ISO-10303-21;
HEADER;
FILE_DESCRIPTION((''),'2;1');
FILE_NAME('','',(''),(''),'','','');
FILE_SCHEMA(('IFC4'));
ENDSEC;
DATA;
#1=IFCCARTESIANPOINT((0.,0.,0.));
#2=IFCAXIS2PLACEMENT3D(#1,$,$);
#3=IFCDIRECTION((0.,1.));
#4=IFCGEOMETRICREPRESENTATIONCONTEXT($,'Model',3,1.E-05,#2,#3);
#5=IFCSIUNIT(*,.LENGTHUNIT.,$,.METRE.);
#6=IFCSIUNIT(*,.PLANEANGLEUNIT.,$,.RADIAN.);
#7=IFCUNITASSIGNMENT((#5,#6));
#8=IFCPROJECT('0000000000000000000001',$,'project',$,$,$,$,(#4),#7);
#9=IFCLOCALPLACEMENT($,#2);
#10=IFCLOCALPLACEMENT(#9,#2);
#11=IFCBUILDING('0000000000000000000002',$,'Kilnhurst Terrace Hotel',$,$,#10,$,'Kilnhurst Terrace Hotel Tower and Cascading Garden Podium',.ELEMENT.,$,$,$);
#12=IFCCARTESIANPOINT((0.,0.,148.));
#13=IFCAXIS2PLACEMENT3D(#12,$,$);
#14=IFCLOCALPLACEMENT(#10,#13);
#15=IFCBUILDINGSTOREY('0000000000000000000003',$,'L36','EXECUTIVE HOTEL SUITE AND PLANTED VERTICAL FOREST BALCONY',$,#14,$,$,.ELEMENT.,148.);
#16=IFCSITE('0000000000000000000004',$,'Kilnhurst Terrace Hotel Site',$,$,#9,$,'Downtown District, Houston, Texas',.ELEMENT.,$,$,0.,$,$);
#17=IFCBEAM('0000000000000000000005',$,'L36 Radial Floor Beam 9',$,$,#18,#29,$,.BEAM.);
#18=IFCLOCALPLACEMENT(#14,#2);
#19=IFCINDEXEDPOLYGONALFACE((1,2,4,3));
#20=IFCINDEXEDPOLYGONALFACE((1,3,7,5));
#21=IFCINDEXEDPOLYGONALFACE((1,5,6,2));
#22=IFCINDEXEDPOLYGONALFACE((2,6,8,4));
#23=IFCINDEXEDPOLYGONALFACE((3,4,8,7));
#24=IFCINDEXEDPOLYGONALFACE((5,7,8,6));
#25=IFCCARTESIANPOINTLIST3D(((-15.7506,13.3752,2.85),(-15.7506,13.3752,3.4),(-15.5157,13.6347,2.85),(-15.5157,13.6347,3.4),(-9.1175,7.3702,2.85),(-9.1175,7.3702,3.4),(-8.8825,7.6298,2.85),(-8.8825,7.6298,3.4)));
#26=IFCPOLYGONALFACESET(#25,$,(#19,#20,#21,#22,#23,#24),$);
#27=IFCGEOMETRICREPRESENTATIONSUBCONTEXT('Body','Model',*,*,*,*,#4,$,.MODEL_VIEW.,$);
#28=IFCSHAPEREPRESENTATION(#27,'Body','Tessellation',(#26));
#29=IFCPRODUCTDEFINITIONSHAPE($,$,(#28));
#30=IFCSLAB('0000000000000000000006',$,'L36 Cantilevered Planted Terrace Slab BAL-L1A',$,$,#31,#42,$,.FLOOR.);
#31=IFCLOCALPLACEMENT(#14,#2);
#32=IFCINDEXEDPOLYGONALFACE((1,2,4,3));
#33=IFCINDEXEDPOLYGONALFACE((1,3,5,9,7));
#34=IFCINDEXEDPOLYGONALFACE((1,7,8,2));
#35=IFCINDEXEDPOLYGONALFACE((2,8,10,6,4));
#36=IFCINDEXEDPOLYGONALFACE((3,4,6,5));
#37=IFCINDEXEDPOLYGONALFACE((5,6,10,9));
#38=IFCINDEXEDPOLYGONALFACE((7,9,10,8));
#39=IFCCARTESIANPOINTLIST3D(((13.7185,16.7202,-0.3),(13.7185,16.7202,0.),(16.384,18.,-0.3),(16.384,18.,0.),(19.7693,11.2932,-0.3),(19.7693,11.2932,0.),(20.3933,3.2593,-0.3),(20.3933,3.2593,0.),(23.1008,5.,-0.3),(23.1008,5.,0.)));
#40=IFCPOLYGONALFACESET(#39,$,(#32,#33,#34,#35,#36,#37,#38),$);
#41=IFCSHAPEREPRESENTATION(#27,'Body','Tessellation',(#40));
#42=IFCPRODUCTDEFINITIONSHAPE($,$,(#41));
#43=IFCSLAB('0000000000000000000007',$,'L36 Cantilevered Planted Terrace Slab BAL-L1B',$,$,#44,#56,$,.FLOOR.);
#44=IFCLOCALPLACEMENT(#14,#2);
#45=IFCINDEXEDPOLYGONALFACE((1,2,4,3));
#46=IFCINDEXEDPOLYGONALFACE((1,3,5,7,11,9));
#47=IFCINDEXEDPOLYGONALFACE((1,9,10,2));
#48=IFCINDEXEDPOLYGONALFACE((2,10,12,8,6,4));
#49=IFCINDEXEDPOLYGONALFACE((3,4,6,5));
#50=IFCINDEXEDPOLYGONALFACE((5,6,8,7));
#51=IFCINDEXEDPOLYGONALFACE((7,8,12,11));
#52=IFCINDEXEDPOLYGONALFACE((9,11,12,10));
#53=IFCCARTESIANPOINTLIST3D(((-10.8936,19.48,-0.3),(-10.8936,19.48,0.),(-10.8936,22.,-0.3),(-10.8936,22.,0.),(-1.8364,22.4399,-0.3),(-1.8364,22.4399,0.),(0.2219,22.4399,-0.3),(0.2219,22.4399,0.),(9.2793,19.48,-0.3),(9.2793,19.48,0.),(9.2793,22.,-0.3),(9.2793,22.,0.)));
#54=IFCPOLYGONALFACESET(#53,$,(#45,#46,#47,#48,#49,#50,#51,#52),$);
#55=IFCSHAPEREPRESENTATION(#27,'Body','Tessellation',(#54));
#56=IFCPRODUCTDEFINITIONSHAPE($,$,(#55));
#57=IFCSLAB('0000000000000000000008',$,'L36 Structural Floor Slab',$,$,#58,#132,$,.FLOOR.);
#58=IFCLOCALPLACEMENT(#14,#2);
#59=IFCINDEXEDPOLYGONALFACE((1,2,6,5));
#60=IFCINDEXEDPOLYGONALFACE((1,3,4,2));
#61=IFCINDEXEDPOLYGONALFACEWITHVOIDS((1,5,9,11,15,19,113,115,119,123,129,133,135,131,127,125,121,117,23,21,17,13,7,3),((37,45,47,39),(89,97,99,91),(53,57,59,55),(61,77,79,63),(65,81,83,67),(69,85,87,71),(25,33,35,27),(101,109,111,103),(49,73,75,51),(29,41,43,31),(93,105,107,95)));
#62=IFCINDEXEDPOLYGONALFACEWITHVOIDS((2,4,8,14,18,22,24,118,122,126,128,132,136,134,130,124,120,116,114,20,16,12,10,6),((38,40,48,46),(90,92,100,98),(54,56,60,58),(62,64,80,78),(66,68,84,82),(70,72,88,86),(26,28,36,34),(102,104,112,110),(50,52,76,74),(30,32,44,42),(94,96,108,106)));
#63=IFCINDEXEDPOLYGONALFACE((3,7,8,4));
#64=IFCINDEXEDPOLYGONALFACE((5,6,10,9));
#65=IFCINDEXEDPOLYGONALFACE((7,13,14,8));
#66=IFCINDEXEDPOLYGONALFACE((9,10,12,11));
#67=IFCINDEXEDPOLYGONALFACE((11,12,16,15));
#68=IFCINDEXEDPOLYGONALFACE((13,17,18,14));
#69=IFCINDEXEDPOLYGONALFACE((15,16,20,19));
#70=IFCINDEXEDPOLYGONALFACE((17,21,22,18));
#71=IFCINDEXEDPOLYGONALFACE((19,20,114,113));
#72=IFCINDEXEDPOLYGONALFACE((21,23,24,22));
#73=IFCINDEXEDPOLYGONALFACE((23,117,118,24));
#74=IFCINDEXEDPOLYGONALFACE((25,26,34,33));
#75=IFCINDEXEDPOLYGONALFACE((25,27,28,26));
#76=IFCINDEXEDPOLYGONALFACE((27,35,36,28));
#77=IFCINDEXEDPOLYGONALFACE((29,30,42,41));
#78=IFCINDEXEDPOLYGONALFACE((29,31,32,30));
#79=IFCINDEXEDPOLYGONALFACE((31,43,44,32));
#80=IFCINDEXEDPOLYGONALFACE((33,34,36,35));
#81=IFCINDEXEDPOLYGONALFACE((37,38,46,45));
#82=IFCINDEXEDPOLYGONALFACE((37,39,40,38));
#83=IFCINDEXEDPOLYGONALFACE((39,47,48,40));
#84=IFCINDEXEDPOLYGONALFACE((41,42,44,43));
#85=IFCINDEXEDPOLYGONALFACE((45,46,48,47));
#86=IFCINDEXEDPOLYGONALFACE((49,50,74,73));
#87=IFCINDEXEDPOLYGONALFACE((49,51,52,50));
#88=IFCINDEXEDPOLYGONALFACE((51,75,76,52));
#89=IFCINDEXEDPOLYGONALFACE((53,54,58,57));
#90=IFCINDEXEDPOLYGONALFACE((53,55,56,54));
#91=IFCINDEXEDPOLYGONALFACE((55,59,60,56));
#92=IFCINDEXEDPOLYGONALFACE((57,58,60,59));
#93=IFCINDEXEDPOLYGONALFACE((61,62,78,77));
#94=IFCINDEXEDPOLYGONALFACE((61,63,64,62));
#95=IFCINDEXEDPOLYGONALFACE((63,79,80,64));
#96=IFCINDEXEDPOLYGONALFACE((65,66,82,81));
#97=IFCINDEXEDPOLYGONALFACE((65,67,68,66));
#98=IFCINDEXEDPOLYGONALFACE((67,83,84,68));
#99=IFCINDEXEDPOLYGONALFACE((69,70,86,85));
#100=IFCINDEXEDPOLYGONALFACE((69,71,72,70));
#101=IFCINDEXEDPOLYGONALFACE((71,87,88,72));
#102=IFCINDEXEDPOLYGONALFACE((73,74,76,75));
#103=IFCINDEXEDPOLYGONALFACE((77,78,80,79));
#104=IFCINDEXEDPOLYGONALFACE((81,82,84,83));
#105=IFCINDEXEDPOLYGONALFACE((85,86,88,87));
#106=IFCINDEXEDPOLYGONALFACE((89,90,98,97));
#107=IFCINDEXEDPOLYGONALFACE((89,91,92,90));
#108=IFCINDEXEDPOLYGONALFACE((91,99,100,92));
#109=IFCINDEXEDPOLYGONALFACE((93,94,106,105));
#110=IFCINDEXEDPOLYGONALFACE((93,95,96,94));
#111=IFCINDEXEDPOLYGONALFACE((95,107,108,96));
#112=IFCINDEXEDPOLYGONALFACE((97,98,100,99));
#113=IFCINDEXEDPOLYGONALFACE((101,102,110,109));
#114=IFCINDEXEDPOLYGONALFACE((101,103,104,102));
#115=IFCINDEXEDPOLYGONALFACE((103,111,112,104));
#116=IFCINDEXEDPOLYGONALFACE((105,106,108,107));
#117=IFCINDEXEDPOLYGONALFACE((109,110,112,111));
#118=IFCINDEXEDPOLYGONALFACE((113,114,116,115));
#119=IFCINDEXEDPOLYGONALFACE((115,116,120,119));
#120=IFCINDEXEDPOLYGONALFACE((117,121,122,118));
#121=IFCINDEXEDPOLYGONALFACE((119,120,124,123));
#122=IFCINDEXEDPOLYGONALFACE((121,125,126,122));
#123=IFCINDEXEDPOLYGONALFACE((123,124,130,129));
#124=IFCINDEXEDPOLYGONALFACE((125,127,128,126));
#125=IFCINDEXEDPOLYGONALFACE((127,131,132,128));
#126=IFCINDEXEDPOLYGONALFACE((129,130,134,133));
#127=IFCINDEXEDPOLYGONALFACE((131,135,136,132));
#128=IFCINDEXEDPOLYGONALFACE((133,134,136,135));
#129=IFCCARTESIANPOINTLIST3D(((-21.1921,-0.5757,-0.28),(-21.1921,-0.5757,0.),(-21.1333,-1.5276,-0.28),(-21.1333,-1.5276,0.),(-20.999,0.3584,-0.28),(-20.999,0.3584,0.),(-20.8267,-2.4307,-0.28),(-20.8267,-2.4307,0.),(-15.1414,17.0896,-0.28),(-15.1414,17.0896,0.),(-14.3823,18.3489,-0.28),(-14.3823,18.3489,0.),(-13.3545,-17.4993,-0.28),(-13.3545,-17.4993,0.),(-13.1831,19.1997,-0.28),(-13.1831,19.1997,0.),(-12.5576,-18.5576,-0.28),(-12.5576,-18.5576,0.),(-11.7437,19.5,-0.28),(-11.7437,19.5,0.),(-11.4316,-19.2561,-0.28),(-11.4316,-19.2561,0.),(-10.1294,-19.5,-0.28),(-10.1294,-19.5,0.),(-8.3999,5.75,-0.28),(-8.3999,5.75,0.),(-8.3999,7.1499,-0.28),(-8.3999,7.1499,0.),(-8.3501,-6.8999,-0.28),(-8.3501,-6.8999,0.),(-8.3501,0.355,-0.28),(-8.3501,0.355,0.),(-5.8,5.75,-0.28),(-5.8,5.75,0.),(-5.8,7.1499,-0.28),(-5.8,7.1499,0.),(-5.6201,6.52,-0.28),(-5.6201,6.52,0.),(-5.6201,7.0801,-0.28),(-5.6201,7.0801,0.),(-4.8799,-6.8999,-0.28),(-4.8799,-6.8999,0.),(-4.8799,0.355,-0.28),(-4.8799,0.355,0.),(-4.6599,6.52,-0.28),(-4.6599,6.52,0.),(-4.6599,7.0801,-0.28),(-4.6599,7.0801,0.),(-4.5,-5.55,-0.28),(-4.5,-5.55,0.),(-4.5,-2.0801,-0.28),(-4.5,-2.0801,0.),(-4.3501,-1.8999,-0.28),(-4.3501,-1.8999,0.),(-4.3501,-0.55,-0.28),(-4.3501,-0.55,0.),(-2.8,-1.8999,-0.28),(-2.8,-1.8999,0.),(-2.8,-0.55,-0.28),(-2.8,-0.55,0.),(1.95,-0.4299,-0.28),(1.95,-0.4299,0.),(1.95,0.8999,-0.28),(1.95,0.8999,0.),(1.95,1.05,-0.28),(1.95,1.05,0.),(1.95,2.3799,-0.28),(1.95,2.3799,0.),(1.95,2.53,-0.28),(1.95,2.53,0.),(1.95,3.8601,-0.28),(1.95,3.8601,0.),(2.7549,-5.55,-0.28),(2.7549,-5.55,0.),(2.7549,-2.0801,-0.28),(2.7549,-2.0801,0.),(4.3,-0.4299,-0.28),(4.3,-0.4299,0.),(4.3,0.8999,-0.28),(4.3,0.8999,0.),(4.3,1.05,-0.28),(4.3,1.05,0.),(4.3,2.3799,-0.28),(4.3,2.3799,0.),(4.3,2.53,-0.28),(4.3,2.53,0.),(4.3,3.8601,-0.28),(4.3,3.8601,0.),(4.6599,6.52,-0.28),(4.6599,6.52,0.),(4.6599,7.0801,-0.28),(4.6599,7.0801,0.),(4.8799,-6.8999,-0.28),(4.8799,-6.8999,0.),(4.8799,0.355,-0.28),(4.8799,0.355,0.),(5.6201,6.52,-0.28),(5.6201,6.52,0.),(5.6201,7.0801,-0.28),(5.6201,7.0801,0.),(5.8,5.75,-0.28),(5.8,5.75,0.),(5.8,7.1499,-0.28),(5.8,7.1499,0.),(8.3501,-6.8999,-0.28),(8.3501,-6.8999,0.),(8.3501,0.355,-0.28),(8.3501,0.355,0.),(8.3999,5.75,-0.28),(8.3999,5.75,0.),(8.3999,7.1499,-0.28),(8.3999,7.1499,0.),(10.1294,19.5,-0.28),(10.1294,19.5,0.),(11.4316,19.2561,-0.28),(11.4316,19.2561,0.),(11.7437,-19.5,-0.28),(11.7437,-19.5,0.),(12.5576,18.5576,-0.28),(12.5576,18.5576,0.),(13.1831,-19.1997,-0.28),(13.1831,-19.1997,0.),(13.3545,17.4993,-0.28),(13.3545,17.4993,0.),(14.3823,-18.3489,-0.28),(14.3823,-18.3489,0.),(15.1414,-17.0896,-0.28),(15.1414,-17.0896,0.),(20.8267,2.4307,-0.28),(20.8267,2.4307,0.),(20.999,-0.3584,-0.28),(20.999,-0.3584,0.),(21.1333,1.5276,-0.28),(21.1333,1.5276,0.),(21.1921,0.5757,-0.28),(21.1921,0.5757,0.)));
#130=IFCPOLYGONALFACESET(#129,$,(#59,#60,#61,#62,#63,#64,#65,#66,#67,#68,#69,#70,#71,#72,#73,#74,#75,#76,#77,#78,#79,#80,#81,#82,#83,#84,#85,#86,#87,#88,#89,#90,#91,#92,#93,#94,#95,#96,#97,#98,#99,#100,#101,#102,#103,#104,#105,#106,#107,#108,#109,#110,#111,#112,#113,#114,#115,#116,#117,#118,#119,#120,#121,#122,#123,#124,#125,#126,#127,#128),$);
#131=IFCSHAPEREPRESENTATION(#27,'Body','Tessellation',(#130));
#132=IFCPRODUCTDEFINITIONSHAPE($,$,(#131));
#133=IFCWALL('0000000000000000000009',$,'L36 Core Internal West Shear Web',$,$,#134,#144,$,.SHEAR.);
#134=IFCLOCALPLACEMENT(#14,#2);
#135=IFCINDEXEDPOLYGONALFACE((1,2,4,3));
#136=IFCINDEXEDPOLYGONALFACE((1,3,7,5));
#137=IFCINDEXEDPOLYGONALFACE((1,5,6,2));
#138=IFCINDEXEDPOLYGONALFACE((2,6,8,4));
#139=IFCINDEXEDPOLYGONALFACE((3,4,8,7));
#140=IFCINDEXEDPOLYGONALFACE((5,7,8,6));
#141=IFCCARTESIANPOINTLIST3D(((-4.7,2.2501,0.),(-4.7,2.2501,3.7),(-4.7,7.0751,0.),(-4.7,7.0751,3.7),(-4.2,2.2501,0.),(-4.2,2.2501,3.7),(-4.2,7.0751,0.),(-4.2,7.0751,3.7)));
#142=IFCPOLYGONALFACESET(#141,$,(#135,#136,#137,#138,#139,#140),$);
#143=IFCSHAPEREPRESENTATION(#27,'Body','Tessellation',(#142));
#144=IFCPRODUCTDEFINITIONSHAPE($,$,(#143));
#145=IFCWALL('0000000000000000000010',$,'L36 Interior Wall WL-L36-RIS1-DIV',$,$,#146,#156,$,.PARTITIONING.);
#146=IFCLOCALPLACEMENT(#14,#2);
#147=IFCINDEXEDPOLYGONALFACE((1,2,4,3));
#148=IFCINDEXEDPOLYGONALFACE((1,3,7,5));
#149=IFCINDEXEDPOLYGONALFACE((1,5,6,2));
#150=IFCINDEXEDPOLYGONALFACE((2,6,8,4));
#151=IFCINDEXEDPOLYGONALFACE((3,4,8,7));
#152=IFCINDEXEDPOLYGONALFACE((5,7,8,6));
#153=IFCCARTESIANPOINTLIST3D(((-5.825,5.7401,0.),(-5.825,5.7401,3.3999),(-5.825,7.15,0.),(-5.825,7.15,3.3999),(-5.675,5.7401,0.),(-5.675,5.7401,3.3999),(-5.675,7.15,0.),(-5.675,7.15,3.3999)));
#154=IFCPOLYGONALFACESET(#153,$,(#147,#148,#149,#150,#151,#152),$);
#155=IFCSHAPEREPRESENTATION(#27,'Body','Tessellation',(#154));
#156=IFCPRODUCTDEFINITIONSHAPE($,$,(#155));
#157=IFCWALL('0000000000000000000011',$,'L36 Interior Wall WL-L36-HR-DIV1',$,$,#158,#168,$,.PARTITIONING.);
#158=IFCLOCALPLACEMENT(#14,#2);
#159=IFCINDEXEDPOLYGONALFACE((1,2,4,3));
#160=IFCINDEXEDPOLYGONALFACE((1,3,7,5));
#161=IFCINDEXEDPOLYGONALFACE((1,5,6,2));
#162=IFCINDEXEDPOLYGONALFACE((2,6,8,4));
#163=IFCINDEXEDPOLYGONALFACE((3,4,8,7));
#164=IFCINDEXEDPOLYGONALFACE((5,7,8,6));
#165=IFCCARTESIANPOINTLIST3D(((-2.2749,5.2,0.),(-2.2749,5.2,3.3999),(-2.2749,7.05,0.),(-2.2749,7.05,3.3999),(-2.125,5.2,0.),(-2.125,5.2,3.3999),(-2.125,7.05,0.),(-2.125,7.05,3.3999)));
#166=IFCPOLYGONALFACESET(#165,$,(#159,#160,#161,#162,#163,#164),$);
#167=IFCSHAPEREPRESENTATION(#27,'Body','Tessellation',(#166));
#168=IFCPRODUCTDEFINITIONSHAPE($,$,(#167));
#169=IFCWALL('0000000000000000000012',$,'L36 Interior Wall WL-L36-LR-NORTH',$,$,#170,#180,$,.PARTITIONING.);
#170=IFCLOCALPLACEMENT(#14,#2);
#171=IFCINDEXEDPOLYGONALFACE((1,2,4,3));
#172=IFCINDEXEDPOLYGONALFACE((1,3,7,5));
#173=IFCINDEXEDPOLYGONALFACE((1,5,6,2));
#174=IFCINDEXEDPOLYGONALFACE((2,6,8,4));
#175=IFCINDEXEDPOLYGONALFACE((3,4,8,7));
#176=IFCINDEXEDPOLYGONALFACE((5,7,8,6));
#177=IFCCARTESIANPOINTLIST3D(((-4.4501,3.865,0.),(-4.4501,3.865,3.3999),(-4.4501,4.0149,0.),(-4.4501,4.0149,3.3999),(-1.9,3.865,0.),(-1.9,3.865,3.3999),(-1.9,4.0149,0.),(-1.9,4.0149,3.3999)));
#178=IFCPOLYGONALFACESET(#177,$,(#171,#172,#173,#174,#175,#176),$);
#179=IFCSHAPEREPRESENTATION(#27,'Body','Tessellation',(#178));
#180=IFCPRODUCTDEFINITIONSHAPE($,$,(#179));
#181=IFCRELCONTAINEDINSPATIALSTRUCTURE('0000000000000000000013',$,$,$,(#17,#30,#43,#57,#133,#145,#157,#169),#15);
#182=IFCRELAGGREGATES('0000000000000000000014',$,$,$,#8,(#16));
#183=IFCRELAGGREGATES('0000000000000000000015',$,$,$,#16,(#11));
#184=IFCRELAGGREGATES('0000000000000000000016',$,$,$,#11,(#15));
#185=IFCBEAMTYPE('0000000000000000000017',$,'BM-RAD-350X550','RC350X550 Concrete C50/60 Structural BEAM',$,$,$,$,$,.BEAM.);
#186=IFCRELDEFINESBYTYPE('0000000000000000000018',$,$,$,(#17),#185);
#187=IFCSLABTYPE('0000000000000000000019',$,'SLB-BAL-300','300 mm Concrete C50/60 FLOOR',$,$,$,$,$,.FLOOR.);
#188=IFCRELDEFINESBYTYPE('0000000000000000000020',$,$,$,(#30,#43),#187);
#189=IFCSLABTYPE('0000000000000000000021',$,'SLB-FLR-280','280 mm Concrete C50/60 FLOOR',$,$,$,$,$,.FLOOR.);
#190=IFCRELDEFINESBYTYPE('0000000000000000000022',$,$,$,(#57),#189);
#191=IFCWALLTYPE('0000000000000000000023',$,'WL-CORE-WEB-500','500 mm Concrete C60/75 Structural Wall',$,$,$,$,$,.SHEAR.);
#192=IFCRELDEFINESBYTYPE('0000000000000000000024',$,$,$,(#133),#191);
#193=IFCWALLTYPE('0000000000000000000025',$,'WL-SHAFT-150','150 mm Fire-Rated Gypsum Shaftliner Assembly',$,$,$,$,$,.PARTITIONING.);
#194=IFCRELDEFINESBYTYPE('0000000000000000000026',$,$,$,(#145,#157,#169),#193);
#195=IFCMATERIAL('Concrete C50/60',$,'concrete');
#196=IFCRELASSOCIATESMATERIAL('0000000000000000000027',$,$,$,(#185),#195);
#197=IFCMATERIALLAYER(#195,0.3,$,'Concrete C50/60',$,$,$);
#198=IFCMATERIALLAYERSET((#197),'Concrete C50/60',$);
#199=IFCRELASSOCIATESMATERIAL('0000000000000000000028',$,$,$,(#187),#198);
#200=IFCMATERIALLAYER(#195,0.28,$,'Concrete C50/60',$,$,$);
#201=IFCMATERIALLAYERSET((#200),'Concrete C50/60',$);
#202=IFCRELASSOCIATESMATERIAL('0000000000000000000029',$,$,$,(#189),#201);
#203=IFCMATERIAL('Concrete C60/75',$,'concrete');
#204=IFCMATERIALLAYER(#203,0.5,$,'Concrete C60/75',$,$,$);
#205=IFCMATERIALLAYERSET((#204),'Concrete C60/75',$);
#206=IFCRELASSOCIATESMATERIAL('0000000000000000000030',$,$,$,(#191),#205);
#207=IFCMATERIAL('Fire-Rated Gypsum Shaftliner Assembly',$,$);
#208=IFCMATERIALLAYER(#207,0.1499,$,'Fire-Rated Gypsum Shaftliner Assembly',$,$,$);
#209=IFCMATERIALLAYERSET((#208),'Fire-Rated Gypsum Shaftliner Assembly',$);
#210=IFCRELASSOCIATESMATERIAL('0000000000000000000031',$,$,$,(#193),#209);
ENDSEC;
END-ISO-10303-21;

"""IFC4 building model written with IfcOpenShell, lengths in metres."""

from ifc_helpers import new_model, si_unit, direction, frame, frame_2d, origin, origin_2d, place, context, subcontext, project, spatial, polyline, rectangle, outline, extrude, material, layer, layer_set, material_profile, profile_set, type_object, element, save


model = new_model("IFC4")

# Units and contexts
model_context = context("Model", 3, precision=1e-05, world=origin(), true_north=direction((0.0, 1.0)))
body_context = subcontext(model_context, "Body", "Model", "MODEL_VIEW")
ifc_project = project(units=[si_unit("LENGTHUNIT", "METRE"), si_unit("PLANEANGLEUNIT", "RADIAN")], contexts=[model_context])

# Site, building, storey
site_placement = place(None, origin())
site = spatial("IfcSite", under=ifc_project, at=site_placement, Name="Kilnhurst Terrace Hotel Site", LongName="Downtown District, Houston, Texas", CompositionType="ELEMENT", RefElevation=0.0)
building_placement = place(site_placement, origin())
building = spatial("IfcBuilding", under=site, at=building_placement, Name="Kilnhurst Terrace Hotel", LongName="Kilnhurst Terrace Hotel Tower and Cascading Garden Podium", CompositionType="ELEMENT")
storey_placement = place(building_placement, frame((0.0, 0.0, 148.0)))
storey = spatial("IfcBuildingStorey", under=building, at=storey_placement, Name="L36", Description="EXECUTIVE HOTEL SUITE AND PLANTED VERTICAL FOREST BALCONY", CompositionType="ELEMENT", Elevation=148.0)

# Beam
ifc_material_1 = material(Name="Concrete C50/60", Category="concrete")
ifc_material_profile = material_profile(ifc_material_1, rectangle(XDim=0.3501, YDim=0.55, at=origin_2d()), Name="RC350X550")
ifc_profile_set = profile_set([ifc_material_profile], Name="Concrete C50/60")
beam_type = type_object("IfcBeamType", Name="BM-RAD-350X550", Description="RC350X550 Concrete C50/60 Structural BEAM", PredefinedType="BEAM", material=ifc_profile_set)
beam_placement = place(storey_placement, frame((-9.0, 7.5, 3.125), z_axis=(-0.741339, 0.671131, 0.0), x_axis=(-0.671131, -0.741339, 0.0)))
element("IfcBeam", 1, at=beam_placement, inside=storey, type_object=beam_type, Name="L36 Radial Floor Beam 9", PredefinedType="BEAM", context=body_context, shape_type="SweptSolid", body=[
    extrude(rectangle(XDim=0.3501, YDim=0.55, at=origin_2d()), origin(), (0.0, 0.0, 1.0), 8.9475),
])

# Slabs
ifc_layer_1 = layer(ifc_material_1, 0.3, Name="Concrete C50/60")
ifc_layer_set_1 = layer_set([ifc_layer_1], Name="Concrete C50/60")
slab_type_1 = type_object("IfcSlabType", Name="SLB-BAL-300", Description="300 mm Concrete C50/60 FLOOR", PredefinedType="FLOOR", material=ifc_layer_set_1)
slab_1_placement = place(storey_placement, frame((0.0, 0.0, -0.3)))
element("IfcSlab", 2, at=slab_1_placement, inside=storey, type_object=slab_type_1, Name="L36 Cantilevered Planted Terrace Slab BAL-L1A", PredefinedType="FLOOR", context=body_context, shape_type="SweptSolid", body=[
    extrude(outline(polyline([(19.7693, 11.2932), (23.1008, 5.0), (20.3933, 3.2593), (13.7185, 16.7202), (16.384, 18.0), (19.7693, 11.2932)])), origin(), (0.0, 0.0, 1.0), 0.3),
])
slab_2_placement = place(storey_placement, frame((0.0, 0.0, -0.3)))
element("IfcSlab", 3, at=slab_2_placement, inside=storey, type_object=slab_type_1, Name="L36 Cantilevered Planted Terrace Slab BAL-L1B", PredefinedType="FLOOR", context=body_context, shape_type="SweptSolid", body=[
    extrude(outline(polyline([(0.2219, 22.4399), (9.2793, 22.0), (9.2793, 19.48), (-10.8936, 19.48), (-10.8936, 22.0), (-1.8364, 22.4399), (0.2219, 22.4399)])), origin(), (0.0, 0.0, 1.0), 0.3),
])
ifc_layer_2 = layer(ifc_material_1, 0.28, Name="Concrete C50/60")
ifc_layer_set_2 = layer_set([ifc_layer_2], Name="Concrete C50/60")
slab_type_2 = type_object("IfcSlabType", Name="SLB-FLR-280", Description="280 mm Concrete C50/60 FLOOR", PredefinedType="FLOOR", material=ifc_layer_set_2)
slab_3_placement = place(storey_placement, frame((0.0, 0.0, -0.28)))
element("IfcSlab", 4, at=slab_3_placement, inside=storey, type_object=slab_type_2, Name="L36 Structural Floor Slab", PredefinedType="FLOOR", context=body_context, shape_type="SweptSolid", body=[
    extrude(outline(polyline([(-13.3545, -17.4993), (-12.5576, -18.5576), (-11.4316, -19.2561), (-10.1294, -19.5), (11.7437, -19.5), (13.1831, -19.1997), (14.3823, -18.3489), (15.1414, -17.0896), (20.999, -0.3584), (21.1921, 0.5757), (21.1333, 1.5276), (20.8267, 2.4307), (13.3545, 17.4993), (12.5576, 18.5576), (11.4316, 19.2561), (10.1294, 19.5), (-11.7437, 19.5), (-13.1831, 19.1997), (-14.3823, 18.3489), (-15.1414, 17.0896), (-20.999, 0.3584), (-21.1921, -0.5757), (-21.1333, -1.5276), (-20.8267, -2.4307), (-13.3545, -17.4993)]), holes=[polyline([(2.7549, -2.0801), (2.7549, -5.55), (-4.5, -5.55), (-4.5, -2.0801), (2.7549, -2.0801)]), polyline([(-8.3501, 0.355), (-4.8799, 0.355), (-4.8799, -6.8999), (-8.3501, -6.8999), (-8.3501, 0.355)]), polyline([(-2.8, -1.8999), (-4.3501, -1.8999), (-4.3501, -0.55), (-2.8, -0.55), (-2.8, -1.8999)]), polyline([(1.95, -0.4299), (1.95, 0.8999), (4.3, 0.8999), (4.3, -0.4299), (1.95, -0.4299)]), polyline([(-8.3999, 5.75), (-8.3999, 7.1499), (-5.8, 7.1499), (-5.8, 5.75), (-8.3999, 5.75)]), polyline([(-4.6599, 6.52), (-5.6201, 6.52), (-5.6201, 7.0801), (-4.6599, 7.0801), (-4.6599, 6.52)]), polyline([(8.3501, 0.355), (8.3501, -6.8999), (4.8799, -6.8999), (4.8799, 0.355), (8.3501, 0.355)]), polyline([(1.95, 1.05), (1.95, 2.3799), (4.3, 2.3799), (4.3, 1.05), (1.95, 1.05)]), polyline([(4.3, 2.53), (1.95, 2.53), (1.95, 3.8601), (4.3, 3.8601), (4.3, 2.53)]), polyline([(5.8, 5.75), (5.8, 7.1499), (8.3999, 7.1499), (8.3999, 5.75), (5.8, 5.75)]), polyline([(4.6599, 6.52), (4.6599, 7.0801), (5.6201, 7.0801), (5.6201, 6.52), (4.6599, 6.52)])]), origin(), (0.0, 0.0, 1.0), 0.28),
])

# Walls
ifc_material_2 = material(Name="Concrete C60/75", Category="concrete")
ifc_layer_3 = layer(ifc_material_2, 0.5, Name="Concrete C60/75")
ifc_layer_set_3 = layer_set([ifc_layer_3], Name="Concrete C60/75")
wall_type_1 = type_object("IfcWallType", Name="WL-CORE-WEB-500", Description="500 mm Concrete C60/75 Structural Wall", PredefinedType="SHEAR", material=ifc_layer_set_3)
wall_1_placement = place(storey_placement, frame((-4.45, 2.25, 0.0), z_axis=(0.0, 0.0, 1.0), x_axis=(0.0, 1.0, 0.0)))
element("IfcWall", 5, at=wall_1_placement, inside=storey, type_object=wall_type_1, Name="L36 Core Internal West Shear Web", PredefinedType="SHEAR", context=body_context, shape_type="SweptSolid", body=[
    extrude(rectangle(XDim=4.825, YDim=0.5, at=frame_2d((2.4126, 0.0))), origin(), (0.0, 0.0, 1.0), 3.7),
])
ifc_material_3 = material(Name="Fire-Rated Gypsum Shaftliner Assembly")
ifc_layer_4 = layer(ifc_material_3, 0.1499, Name="Fire-Rated Gypsum Shaftliner Assembly")
ifc_layer_set_4 = layer_set([ifc_layer_4], Name="Fire-Rated Gypsum Shaftliner Assembly")
wall_type_2 = type_object("IfcWallType", Name="WL-SHAFT-150", Description="150 mm Fire-Rated Gypsum Shaftliner Assembly", PredefinedType="PARTITIONING", material=ifc_layer_set_4)
wall_2_placement = place(storey_placement, frame((-5.75, 5.74, 0.0), z_axis=(0.0, 0.0, 1.0), x_axis=(0.0, 1.0, 0.0)))
element("IfcWall", 6, at=wall_2_placement, inside=storey, type_object=wall_type_2, Name="L36 Interior Wall WL-L36-RIS1-DIV", PredefinedType="PARTITIONING", context=body_context, shape_type="SweptSolid", body=[
    extrude(rectangle(XDim=1.4099, YDim=0.1499, at=frame_2d((0.7051, 0.0))), origin(), (0.0, 0.0, 1.0), 3.3999),
])
wall_3_placement = place(storey_placement, frame((-2.2, 5.2, 0.0), z_axis=(0.0, 0.0, 1.0), x_axis=(0.0, 1.0, 0.0)))
element("IfcWall", 7, at=wall_3_placement, inside=storey, type_object=wall_type_2, Name="L36 Interior Wall WL-L36-HR-DIV1", PredefinedType="PARTITIONING", context=body_context, shape_type="SweptSolid", body=[
    extrude(rectangle(XDim=1.8501, YDim=0.1499, at=frame_2d((0.925, 0.0))), origin(), (0.0, 0.0, 1.0), 3.3999),
])
wall_4_placement = place(storey_placement, frame((-4.45, 3.9399, 0.0), z_axis=(0.0, 0.0, 1.0), x_axis=(1.0, 0.0, 0.0)))
element("IfcWall", 8, at=wall_4_placement, inside=storey, type_object=wall_type_2, Name="L36 Interior Wall WL-L36-LR-NORTH", PredefinedType="PARTITIONING", context=body_context, shape_type="SweptSolid", body=[
    extrude(rectangle(XDim=2.55, YDim=0.1499, at=frame_2d((1.2749, 0.0))), origin(), (0.0, 0.0, 1.0), 3.3999),
])

save(model, "model.ifc")
